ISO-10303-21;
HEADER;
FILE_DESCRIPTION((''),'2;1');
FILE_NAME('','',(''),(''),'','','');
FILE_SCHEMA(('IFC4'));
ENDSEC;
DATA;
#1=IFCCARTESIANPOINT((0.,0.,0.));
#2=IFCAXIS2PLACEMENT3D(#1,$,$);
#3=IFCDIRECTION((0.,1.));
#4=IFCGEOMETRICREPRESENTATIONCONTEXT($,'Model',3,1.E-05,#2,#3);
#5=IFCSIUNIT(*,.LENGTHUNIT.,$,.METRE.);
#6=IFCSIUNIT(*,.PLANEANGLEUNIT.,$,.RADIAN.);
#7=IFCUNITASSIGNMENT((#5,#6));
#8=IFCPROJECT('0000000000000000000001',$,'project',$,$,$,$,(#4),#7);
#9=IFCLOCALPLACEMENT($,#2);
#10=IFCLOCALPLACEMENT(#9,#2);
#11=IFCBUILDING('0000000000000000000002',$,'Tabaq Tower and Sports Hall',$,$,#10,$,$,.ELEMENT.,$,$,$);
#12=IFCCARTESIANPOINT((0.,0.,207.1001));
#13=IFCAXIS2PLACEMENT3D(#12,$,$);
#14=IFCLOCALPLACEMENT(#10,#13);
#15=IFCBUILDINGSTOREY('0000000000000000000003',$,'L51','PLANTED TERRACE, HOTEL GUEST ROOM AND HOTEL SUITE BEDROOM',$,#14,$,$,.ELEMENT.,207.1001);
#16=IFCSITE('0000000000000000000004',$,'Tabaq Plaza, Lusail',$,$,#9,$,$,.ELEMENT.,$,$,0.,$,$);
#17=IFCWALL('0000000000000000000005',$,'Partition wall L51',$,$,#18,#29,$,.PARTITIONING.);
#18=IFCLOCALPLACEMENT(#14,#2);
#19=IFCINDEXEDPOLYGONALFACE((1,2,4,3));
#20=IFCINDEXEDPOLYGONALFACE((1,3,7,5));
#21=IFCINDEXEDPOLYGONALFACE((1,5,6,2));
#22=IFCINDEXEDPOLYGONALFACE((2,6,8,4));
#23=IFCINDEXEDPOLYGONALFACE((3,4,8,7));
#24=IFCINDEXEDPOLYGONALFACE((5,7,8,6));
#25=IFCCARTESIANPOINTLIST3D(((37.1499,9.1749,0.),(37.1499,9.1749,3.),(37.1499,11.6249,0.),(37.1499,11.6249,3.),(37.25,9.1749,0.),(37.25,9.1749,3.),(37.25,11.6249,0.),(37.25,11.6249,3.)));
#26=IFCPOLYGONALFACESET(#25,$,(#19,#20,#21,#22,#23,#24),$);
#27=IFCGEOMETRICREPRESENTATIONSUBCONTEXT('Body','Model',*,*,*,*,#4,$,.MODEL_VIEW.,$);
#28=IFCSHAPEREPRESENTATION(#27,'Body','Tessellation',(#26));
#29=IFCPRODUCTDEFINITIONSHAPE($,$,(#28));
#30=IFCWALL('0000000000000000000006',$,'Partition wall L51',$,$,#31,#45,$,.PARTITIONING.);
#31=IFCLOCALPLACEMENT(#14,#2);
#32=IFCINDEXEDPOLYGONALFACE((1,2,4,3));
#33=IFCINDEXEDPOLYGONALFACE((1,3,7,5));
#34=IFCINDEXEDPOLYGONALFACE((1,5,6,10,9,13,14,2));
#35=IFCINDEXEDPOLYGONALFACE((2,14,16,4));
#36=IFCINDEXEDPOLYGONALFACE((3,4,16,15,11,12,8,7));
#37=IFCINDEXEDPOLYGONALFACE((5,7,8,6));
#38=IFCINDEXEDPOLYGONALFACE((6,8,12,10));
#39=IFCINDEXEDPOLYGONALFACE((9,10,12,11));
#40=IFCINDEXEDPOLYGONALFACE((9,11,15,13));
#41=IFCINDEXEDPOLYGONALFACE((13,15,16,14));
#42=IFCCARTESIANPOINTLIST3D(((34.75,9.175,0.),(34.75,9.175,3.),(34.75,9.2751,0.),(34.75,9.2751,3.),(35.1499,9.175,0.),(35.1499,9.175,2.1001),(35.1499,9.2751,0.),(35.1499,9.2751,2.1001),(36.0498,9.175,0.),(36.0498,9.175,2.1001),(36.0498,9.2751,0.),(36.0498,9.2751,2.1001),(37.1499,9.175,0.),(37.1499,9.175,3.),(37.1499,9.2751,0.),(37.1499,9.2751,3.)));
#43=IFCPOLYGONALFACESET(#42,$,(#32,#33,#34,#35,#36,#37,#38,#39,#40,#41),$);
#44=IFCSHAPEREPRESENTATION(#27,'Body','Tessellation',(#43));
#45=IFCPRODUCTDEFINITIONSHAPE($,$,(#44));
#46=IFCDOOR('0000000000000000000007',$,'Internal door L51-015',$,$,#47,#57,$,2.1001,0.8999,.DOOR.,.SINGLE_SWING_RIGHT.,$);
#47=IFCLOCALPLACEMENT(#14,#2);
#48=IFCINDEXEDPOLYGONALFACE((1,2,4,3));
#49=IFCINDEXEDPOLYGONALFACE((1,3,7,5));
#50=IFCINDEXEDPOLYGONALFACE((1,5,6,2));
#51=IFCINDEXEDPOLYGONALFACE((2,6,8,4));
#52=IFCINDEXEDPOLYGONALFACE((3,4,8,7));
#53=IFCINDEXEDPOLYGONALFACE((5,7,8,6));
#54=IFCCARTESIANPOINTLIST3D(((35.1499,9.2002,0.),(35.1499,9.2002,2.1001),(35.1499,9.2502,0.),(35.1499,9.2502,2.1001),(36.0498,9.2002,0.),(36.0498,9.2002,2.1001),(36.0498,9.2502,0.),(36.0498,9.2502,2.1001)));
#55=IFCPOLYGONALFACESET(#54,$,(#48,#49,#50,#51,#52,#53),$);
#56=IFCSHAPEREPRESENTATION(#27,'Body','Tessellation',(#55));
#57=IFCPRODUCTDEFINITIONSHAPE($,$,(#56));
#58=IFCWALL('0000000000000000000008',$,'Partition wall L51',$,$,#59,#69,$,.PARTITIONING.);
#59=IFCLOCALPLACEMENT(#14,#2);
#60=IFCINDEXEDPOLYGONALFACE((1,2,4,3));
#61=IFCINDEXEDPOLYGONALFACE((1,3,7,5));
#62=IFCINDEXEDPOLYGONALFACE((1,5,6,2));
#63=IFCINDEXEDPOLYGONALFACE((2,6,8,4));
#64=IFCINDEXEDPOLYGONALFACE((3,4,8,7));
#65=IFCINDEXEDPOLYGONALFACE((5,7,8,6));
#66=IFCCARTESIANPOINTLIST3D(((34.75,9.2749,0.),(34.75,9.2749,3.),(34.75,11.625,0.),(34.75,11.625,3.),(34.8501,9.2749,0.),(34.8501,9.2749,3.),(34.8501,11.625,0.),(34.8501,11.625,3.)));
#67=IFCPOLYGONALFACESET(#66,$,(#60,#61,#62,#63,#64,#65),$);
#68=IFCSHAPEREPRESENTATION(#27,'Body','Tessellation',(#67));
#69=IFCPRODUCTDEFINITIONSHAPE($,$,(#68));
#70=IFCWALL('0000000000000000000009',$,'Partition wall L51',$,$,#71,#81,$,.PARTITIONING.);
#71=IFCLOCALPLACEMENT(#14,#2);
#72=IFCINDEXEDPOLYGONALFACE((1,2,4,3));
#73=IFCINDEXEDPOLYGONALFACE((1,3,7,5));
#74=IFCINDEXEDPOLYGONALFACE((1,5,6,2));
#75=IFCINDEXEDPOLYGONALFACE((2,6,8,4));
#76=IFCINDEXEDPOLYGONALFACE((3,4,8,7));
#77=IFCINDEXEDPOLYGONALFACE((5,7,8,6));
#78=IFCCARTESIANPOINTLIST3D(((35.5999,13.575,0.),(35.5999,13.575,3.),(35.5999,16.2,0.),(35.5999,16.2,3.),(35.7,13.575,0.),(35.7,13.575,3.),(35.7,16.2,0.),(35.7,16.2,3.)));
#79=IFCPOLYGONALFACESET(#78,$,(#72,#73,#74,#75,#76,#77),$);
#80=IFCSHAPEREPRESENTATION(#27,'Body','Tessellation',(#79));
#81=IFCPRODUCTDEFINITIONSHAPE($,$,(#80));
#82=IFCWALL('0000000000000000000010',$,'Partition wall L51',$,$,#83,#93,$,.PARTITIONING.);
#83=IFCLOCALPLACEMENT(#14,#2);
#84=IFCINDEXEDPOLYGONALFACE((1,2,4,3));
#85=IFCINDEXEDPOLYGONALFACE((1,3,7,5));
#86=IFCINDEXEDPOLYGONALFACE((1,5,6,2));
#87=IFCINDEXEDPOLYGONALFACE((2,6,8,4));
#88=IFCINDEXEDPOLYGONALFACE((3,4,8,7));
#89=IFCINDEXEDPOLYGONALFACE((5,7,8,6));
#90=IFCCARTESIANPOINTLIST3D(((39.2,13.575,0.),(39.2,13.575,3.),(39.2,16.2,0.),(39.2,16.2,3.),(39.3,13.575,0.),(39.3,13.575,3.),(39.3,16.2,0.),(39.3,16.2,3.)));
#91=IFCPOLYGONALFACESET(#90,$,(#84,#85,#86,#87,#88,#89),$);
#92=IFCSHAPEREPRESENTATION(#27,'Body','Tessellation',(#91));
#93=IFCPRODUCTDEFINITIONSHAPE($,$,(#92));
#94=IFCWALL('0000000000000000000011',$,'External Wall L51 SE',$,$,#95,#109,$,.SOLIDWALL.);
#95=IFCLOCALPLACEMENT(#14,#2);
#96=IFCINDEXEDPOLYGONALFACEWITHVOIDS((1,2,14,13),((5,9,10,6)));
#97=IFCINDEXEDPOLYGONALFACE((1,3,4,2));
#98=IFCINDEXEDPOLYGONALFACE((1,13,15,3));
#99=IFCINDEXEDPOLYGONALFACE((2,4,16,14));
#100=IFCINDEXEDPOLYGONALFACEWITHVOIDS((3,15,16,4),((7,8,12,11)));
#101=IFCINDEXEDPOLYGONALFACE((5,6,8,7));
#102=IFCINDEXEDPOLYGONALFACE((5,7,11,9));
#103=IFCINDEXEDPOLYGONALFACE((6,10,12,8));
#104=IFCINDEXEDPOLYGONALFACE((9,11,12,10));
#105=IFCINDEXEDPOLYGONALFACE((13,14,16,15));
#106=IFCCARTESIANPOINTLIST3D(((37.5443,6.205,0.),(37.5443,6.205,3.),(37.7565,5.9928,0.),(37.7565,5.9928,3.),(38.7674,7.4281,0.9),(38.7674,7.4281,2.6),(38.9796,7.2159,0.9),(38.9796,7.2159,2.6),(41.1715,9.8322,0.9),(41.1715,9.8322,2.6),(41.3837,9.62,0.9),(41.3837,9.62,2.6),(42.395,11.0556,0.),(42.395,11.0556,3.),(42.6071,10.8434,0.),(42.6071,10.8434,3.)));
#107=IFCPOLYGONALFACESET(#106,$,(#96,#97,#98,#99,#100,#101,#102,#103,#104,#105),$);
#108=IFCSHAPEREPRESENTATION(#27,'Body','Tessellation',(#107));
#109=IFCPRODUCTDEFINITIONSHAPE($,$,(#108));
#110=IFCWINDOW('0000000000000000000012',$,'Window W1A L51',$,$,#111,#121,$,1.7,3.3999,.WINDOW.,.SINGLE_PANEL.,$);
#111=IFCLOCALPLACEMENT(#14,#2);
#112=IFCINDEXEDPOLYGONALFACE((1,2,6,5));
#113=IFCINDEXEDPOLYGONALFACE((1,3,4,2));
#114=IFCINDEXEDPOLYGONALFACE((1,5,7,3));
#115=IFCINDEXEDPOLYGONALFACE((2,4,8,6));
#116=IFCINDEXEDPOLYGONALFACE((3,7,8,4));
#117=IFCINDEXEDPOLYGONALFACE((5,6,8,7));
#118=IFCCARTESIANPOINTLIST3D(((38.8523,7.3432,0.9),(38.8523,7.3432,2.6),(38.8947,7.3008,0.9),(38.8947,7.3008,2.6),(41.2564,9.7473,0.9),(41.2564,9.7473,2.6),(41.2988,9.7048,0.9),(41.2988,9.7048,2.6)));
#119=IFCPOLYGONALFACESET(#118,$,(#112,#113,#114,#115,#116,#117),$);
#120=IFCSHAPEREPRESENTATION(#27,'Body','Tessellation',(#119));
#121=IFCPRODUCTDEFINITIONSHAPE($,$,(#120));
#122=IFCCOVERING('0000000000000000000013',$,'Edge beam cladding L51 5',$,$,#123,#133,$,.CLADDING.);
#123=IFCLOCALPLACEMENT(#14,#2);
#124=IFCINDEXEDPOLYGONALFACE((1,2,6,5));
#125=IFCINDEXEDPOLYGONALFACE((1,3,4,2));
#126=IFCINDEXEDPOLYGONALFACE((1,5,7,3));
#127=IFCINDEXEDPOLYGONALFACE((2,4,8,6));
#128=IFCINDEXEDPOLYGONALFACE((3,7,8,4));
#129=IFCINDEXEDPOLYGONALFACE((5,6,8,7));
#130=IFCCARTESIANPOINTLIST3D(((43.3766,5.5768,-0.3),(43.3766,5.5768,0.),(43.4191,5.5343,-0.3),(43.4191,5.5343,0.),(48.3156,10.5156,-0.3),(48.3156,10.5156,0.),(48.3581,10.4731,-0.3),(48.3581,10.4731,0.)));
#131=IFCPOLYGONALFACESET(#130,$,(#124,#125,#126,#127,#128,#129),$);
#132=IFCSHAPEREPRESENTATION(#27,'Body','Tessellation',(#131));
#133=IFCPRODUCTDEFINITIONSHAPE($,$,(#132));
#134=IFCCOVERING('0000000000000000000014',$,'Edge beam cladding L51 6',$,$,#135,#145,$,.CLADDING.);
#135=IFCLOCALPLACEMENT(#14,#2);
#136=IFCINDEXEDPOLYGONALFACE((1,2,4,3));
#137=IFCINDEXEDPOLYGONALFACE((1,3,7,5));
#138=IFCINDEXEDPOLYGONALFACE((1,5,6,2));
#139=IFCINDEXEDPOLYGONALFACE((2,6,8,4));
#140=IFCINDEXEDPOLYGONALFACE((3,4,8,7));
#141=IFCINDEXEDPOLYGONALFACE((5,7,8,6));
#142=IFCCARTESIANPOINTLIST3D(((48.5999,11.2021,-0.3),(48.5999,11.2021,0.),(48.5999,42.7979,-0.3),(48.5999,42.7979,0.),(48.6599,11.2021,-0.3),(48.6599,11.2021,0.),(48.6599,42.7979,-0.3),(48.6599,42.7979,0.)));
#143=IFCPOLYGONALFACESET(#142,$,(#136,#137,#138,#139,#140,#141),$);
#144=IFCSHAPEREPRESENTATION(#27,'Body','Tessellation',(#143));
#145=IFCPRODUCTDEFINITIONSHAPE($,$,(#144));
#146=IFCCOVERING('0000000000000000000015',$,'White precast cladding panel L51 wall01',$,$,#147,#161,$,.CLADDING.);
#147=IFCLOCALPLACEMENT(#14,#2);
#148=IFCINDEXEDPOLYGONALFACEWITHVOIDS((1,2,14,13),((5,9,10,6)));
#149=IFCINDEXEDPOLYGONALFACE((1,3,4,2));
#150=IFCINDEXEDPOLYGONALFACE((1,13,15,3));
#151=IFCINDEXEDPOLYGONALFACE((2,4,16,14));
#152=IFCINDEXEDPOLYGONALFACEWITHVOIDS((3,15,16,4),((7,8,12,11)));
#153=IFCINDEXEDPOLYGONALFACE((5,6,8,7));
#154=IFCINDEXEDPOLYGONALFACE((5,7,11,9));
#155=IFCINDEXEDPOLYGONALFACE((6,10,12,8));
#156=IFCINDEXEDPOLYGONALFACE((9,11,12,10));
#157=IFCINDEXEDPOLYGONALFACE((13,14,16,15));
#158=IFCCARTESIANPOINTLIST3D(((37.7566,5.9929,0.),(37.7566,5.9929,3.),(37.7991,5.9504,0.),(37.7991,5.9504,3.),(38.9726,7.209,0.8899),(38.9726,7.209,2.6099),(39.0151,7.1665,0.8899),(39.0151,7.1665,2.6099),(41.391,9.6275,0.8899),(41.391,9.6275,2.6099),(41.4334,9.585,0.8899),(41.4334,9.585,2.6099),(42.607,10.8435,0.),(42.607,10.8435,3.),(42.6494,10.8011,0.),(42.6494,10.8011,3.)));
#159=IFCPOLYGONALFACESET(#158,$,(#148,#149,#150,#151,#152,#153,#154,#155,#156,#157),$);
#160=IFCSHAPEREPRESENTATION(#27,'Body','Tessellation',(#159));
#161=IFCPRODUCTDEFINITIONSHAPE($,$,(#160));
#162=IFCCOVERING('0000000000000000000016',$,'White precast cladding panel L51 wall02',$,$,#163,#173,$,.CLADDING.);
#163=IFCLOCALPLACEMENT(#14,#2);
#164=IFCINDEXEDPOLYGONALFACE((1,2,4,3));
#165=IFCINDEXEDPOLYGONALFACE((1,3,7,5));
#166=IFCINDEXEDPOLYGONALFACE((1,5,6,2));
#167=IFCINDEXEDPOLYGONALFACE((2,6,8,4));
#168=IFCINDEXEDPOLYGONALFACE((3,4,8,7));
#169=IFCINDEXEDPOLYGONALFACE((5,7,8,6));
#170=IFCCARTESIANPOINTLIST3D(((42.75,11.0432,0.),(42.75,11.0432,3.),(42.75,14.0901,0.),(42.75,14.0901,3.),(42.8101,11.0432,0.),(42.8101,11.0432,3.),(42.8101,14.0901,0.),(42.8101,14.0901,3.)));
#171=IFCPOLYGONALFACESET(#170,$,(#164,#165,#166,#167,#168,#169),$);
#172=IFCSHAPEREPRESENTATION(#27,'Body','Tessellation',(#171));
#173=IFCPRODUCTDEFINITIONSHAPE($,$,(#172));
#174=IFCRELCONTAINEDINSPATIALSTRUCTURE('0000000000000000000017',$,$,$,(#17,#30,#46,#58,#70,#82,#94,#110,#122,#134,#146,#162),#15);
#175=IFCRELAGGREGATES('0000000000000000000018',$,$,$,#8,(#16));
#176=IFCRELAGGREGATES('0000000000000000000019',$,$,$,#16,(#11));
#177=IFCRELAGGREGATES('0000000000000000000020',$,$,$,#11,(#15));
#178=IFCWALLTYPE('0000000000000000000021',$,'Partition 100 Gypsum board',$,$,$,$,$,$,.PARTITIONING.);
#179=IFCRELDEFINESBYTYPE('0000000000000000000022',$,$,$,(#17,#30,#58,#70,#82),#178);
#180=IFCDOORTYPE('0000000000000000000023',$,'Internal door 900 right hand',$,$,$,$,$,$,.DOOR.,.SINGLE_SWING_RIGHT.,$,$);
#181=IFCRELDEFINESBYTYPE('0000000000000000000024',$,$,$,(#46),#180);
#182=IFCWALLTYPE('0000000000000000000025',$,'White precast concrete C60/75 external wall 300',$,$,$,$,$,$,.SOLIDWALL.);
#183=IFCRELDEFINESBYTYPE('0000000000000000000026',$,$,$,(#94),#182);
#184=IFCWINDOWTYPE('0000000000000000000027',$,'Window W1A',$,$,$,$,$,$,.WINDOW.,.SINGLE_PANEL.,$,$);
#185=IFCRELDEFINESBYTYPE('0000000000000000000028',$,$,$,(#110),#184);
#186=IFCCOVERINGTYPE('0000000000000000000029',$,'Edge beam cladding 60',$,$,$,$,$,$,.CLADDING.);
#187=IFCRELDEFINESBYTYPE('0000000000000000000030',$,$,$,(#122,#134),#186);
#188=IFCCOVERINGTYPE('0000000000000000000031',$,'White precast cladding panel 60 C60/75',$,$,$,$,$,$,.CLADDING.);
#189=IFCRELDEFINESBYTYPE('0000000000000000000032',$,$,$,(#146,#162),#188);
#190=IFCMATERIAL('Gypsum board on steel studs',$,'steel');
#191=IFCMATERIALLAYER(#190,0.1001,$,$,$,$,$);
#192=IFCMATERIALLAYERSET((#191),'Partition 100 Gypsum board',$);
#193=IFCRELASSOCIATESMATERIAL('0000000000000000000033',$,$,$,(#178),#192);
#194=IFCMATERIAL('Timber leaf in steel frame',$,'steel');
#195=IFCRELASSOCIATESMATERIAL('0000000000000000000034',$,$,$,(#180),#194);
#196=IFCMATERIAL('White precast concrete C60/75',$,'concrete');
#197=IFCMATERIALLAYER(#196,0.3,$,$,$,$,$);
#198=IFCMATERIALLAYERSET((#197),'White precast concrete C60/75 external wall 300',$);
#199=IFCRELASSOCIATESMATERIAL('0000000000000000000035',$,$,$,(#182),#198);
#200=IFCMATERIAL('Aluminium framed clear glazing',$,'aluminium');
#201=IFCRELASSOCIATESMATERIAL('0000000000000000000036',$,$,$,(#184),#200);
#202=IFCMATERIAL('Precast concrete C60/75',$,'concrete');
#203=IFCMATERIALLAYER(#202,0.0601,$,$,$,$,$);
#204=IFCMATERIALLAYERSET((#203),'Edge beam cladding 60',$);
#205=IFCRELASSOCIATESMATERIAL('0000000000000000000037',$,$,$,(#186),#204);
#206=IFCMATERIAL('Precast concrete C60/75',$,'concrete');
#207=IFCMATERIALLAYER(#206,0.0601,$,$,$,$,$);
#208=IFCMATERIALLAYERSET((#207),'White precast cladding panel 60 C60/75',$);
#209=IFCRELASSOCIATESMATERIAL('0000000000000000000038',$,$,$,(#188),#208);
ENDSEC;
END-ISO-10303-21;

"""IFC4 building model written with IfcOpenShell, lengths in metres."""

from ifc_helpers import new_model, si_unit, direction, frame, frame_2d, origin, place, context, subcontext, project, spatial, polyline, rectangle, outline, extrude, material, layer, layer_set, type_object, element, fill, save


model = new_model("IFC4")

# Units and contexts
model_context = context("Model", 3, precision=1e-05, world=origin(), true_north=direction((0.0, 1.0)))
body_context = subcontext(model_context, "Body", "Model", "MODEL_VIEW")
ifc_project = project(units=[si_unit("LENGTHUNIT", "METRE"), si_unit("PLANEANGLEUNIT", "RADIAN")], contexts=[model_context])

# Site, building, storey
site_placement = place(None, origin())
site = spatial("IfcSite", under=ifc_project, at=site_placement, Name="Tabaq Plaza, Lusail", CompositionType="ELEMENT", RefElevation=0.0)
building_placement = place(site_placement, origin())
building = spatial("IfcBuilding", under=site, at=building_placement, Name="Tabaq Tower and Sports Hall", CompositionType="ELEMENT")
storey_placement = place(building_placement, frame((0.0, 0.0, 207.1001)))
storey = spatial("IfcBuildingStorey", under=building, at=storey_placement, Name="L51", Description="PLANTED TERRACE, HOTEL GUEST ROOM AND HOTEL SUITE BEDROOM", CompositionType="ELEMENT", Elevation=207.1001)

# Shared definitions
ifc_material_1 = material(Name="Gypsum board on steel studs", Category="steel")
ifc_layer_1 = layer(ifc_material_1, 0.1001)
ifc_layer_set_1 = layer_set([ifc_layer_1], Name="Partition 100 Gypsum board")
wall_type_1 = type_object("IfcWallType", Name="Partition 100 Gypsum board", PredefinedType="PARTITIONING", material=ifc_layer_set_1)

# Wall
wall_1_placement = place(storey_placement, frame((37.2, 11.625, 0.0), z_axis=(0.0, 0.0, 1.0), x_axis=(0.0, -1.0, 0.0)))
element("IfcWall", 1, at=wall_1_placement, inside=storey, type_object=wall_type_1, Name="Partition wall L51", PredefinedType="PARTITIONING", context=body_context, shape_type="SweptSolid", body=[
    extrude(rectangle(XDim=2.45, YDim=0.1001, at=frame_2d((1.2251, 0.0))), origin(), (0.0, 0.0, 1.0), 3.0),
])

# Wall, opening, door
wall_2_placement = place(storey_placement, frame((37.1499, 9.2251, 0.0), z_axis=(0.0, 0.0, 1.0), x_axis=(-1.0, 0.0, 0.0)))
wall_2 = element("IfcWall", 2, at=wall_2_placement, inside=storey, type_object=wall_type_1, Name="Partition wall L51", PredefinedType="PARTITIONING", context=body_context, shape_type="SweptSolid", body=[
    extrude(rectangle(XDim=2.3999, YDim=0.1001, at=frame_2d((1.2, 0.0))), origin(), (0.0, 0.0, 1.0), 3.0),
])
opening_1_placement = place(wall_2_placement, frame((1.1001, 0.0, 0.0)))
opening_1 = element("IfcOpeningElement", 3, at=opening_1_placement, cuts=wall_2, PredefinedType="OPENING", context=body_context, shape_type="SweptSolid", body=[
    extrude(rectangle(XDim=0.8999, YDim=2.1001, at=frame_2d((0.45, 1.05))), frame((0.0, 0.05, 0.0), z_axis=(0.0, -1.0, 0.0), x_axis=(1.0, 0.0, 0.0)), (0.0, 0.0, 1.0), 0.1001),
])
ifc_material_2 = material(Name="Timber leaf in steel frame", Category="steel")
door_type_1 = type_object("IfcDoorType", Name="Internal door 900 right hand", OperationType="SINGLE_SWING_RIGHT", PredefinedType="DOOR", material=ifc_material_2)
door_1_placement = place(opening_1_placement, origin())
door_1 = element("IfcDoor", 4, at=door_1_placement, inside=storey, type_object=door_type_1, Name="Internal door L51-015", OperationType="SINGLE_SWING_RIGHT", OverallHeight=2.1001, OverallWidth=0.8999, PredefinedType="DOOR", context=body_context, shape_type="SweptSolid", body=[
    extrude(rectangle(XDim=0.8999, YDim=2.1001, at=frame_2d((0.45, 1.05))), frame((0.0, 0.0249, 0.0), z_axis=(0.0, -1.0, 0.0), x_axis=(1.0, 0.0, 0.0)), (0.0, 0.0, 1.0), 0.05),
])
fill(opening_1, door_1)

# Walls
wall_3_placement = place(storey_placement, frame((34.8, 9.2749, 0.0), z_axis=(0.0, 0.0, 1.0), x_axis=(0.0, 1.0, 0.0)))
element("IfcWall", 5, at=wall_3_placement, inside=storey, type_object=wall_type_1, Name="Partition wall L51", PredefinedType="PARTITIONING", context=body_context, shape_type="SweptSolid", body=[
    extrude(rectangle(XDim=2.3501, YDim=0.1001, at=frame_2d((1.175, 0.0))), origin(), (0.0, 0.0, 1.0), 3.0),
])
for number, where, z_axis, x_axis, name in (
    (6, (35.6499, 16.2, 0.0), (0.0, 0.0, 1.0), (0.0, -1.0, 0.0), "Partition wall L51"),
    (7, (39.25, 13.575, 0.0), (0.0, 0.0, 1.0), (0.0, 1.0, 0.0), "Partition wall L51"),
):
    element("IfcWall", number, at=place(storey_placement, frame(where, z_axis=z_axis, x_axis=x_axis)), inside=storey, type_object=wall_type_1, Name=name, PredefinedType="PARTITIONING", context=body_context, shape_type="SweptSolid", body=[
        extrude(rectangle(XDim=2.625, YDim=0.1001, at=frame_2d((1.3125, 0.0))), origin(), (0.0, 0.0, 1.0), 3.0),
    ])

# Wall, opening, window
ifc_material_3 = material(Name="White precast concrete C60/75", Category="concrete")
ifc_layer_2 = layer(ifc_material_3, 0.3)
ifc_layer_set_2 = layer_set([ifc_layer_2], Name="White precast concrete C60/75 external wall 300")
wall_type_2 = type_object("IfcWallType", Name="White precast concrete C60/75 external wall 300", PredefinedType="SOLIDWALL", material=ifc_layer_set_2)
wall_4_placement = place(storey_placement, frame((37.6504, 6.0989, 0.0), z_axis=(0.0, 0.0, 1.0), x_axis=(0.707107, 0.707107, 0.0)))
wall_4 = element("IfcWall", 8, at=wall_4_placement, inside=storey, type_object=wall_type_2, Name="External Wall L51 SE", PredefinedType="SOLIDWALL", context=body_context, shape_type="SweptSolid", body=[
    extrude(rectangle(XDim=6.8599, YDim=0.3, at=frame_2d((3.4299, 0.0))), origin(), (0.0, 0.0, 1.0), 3.0),
])
opening_2_placement = place(wall_4_placement, frame((1.7297, 0.0, 0.8999)))
opening_2 = element("IfcOpeningElement", 9, at=opening_2_placement, cuts=wall_4, PredefinedType="OPENING", context=body_context, shape_type="SweptSolid", body=[
    extrude(rectangle(XDim=3.3999, YDim=1.7, at=frame_2d((1.7, 0.8501))), frame((0.0, 0.1602, 0.0), z_axis=(0.0, -1.0, 0.0), x_axis=(1.0, 0.0, 0.0)), (0.0, 0.0, 1.0), 0.3201),
])
ifc_material_4 = material(Name="Aluminium framed clear glazing", Category="aluminium")
window_type = type_object("IfcWindowType", Name="Window W1A", PartitioningType="SINGLE_PANEL", PredefinedType="WINDOW", material=ifc_material_4)
window_placement = place(opening_2_placement, origin())
window = element("IfcWindow", 10, at=window_placement, inside=storey, type_object=window_type, Name="Window W1A L51", OverallHeight=1.7, OverallWidth=3.3999, PartitioningType="SINGLE_PANEL", PredefinedType="WINDOW", context=body_context, shape_type="SweptSolid", body=[
    extrude(rectangle(XDim=3.3999, YDim=1.7, at=frame_2d((1.7, 0.8501))), frame((0.0, 0.03, 0.0), z_axis=(0.0, -1.0, 0.0), x_axis=(1.0, 0.0, 0.0)), (0.0, 0.0, 1.0), 0.0601),
])
fill(opening_2, window)

# Coverings
ifc_material_5 = material(Name="Precast concrete C60/75", Category="concrete")
ifc_layer_3 = layer(ifc_material_5, 0.0601)
ifc_layer_set_3 = layer_set([ifc_layer_3], Name="Edge beam cladding 60")
covering_type_1 = type_object("IfcCoveringType", Name="Edge beam cladding 60", PredefinedType="CLADDING", material=ifc_layer_set_3)
covering_1_placement = place(storey_placement, frame((43.3979, 5.5557, -0.3), z_axis=(0.0, 0.0, 1.0), x_axis=(0.707124, 0.707089, 0.0)))
element("IfcCovering", 11, at=covering_1_placement, inside=storey, type_object=covering_type_1, Name="Edge beam cladding L51 5", PredefinedType="CLADDING", context=body_context, shape_type="SweptSolid", body=[
    extrude(rectangle(XDim=6.9846, YDim=0.0601, at=frame_2d((3.4922, 0.0))), origin(), (0.0, 0.0, 1.0), 0.3),
])
covering_2_placement = place(storey_placement, frame((48.6299, 11.2021, -0.3), z_axis=(0.0, 0.0, 1.0), x_axis=(0.0, 1.0, 0.0)))
element("IfcCovering", 12, at=covering_2_placement, inside=storey, type_object=covering_type_1, Name="Edge beam cladding L51 6", PredefinedType="CLADDING", context=body_context, shape_type="SweptSolid", body=[
    extrude(rectangle(XDim=31.5957, YDim=0.0601, at=frame_2d((15.7979, 0.0))), origin(), (0.0, 0.0, 1.0), 0.3),
])
ifc_material_6 = material(Name="Precast concrete C60/75", Category="concrete")
ifc_layer_4 = layer(ifc_material_6, 0.0601)
ifc_layer_set_4 = layer_set([ifc_layer_4], Name="White precast cladding panel 60 C60/75")
covering_type_2 = type_object("IfcCoveringType", Name="White precast cladding panel 60 C60/75", PredefinedType="CLADDING", material=ifc_layer_set_4)
covering_3_placement = place(storey_placement, frame((37.7778, 5.9717, 0.0), z_axis=(0.0, 0.0, 1.0), x_axis=(0.707089, 0.707125, 0.0)))
element("IfcCovering", 13, at=covering_3_placement, inside=storey, type_object=covering_type_2, Name="White precast cladding panel L51 wall01", PredefinedType="CLADDING", context=body_context, shape_type="SweptSolid", body=[
    extrude(outline(polyline([(0.0, 0.0), (6.8596, 0.0), (6.8596, 3.0), (0.0, 3.0), (0.0, 0.0)]), holes=[polyline([(1.7197, 0.8899), (1.7197, 2.6099), (5.1399, 2.6099), (5.1399, 0.8899), (1.7197, 0.8899)])]), frame((0.0, 0.03, 0.0), z_axis=(0.0, -1.0, 0.0), x_axis=(1.0, 0.0, 0.0)), (0.0, 0.0, 1.0), 0.0601),
])
covering_4_placement = place(storey_placement, frame((42.78, 11.0432, 0.0), z_axis=(0.0, 0.0, 1.0), x_axis=(0.0, 1.0, 0.0)))
element("IfcCovering", 14, at=covering_4_placement, inside=storey, type_object=covering_type_2, Name="White precast cladding panel L51 wall02", PredefinedType="CLADDING", context=body_context, shape_type="SweptSolid", body=[
    extrude(rectangle(XDim=3.0469, YDim=0.0601, at=frame_2d((1.5234, 0.0))), origin(), (0.0, 0.0, 1.0), 3.0),
])

save(model, "model.ifc")
